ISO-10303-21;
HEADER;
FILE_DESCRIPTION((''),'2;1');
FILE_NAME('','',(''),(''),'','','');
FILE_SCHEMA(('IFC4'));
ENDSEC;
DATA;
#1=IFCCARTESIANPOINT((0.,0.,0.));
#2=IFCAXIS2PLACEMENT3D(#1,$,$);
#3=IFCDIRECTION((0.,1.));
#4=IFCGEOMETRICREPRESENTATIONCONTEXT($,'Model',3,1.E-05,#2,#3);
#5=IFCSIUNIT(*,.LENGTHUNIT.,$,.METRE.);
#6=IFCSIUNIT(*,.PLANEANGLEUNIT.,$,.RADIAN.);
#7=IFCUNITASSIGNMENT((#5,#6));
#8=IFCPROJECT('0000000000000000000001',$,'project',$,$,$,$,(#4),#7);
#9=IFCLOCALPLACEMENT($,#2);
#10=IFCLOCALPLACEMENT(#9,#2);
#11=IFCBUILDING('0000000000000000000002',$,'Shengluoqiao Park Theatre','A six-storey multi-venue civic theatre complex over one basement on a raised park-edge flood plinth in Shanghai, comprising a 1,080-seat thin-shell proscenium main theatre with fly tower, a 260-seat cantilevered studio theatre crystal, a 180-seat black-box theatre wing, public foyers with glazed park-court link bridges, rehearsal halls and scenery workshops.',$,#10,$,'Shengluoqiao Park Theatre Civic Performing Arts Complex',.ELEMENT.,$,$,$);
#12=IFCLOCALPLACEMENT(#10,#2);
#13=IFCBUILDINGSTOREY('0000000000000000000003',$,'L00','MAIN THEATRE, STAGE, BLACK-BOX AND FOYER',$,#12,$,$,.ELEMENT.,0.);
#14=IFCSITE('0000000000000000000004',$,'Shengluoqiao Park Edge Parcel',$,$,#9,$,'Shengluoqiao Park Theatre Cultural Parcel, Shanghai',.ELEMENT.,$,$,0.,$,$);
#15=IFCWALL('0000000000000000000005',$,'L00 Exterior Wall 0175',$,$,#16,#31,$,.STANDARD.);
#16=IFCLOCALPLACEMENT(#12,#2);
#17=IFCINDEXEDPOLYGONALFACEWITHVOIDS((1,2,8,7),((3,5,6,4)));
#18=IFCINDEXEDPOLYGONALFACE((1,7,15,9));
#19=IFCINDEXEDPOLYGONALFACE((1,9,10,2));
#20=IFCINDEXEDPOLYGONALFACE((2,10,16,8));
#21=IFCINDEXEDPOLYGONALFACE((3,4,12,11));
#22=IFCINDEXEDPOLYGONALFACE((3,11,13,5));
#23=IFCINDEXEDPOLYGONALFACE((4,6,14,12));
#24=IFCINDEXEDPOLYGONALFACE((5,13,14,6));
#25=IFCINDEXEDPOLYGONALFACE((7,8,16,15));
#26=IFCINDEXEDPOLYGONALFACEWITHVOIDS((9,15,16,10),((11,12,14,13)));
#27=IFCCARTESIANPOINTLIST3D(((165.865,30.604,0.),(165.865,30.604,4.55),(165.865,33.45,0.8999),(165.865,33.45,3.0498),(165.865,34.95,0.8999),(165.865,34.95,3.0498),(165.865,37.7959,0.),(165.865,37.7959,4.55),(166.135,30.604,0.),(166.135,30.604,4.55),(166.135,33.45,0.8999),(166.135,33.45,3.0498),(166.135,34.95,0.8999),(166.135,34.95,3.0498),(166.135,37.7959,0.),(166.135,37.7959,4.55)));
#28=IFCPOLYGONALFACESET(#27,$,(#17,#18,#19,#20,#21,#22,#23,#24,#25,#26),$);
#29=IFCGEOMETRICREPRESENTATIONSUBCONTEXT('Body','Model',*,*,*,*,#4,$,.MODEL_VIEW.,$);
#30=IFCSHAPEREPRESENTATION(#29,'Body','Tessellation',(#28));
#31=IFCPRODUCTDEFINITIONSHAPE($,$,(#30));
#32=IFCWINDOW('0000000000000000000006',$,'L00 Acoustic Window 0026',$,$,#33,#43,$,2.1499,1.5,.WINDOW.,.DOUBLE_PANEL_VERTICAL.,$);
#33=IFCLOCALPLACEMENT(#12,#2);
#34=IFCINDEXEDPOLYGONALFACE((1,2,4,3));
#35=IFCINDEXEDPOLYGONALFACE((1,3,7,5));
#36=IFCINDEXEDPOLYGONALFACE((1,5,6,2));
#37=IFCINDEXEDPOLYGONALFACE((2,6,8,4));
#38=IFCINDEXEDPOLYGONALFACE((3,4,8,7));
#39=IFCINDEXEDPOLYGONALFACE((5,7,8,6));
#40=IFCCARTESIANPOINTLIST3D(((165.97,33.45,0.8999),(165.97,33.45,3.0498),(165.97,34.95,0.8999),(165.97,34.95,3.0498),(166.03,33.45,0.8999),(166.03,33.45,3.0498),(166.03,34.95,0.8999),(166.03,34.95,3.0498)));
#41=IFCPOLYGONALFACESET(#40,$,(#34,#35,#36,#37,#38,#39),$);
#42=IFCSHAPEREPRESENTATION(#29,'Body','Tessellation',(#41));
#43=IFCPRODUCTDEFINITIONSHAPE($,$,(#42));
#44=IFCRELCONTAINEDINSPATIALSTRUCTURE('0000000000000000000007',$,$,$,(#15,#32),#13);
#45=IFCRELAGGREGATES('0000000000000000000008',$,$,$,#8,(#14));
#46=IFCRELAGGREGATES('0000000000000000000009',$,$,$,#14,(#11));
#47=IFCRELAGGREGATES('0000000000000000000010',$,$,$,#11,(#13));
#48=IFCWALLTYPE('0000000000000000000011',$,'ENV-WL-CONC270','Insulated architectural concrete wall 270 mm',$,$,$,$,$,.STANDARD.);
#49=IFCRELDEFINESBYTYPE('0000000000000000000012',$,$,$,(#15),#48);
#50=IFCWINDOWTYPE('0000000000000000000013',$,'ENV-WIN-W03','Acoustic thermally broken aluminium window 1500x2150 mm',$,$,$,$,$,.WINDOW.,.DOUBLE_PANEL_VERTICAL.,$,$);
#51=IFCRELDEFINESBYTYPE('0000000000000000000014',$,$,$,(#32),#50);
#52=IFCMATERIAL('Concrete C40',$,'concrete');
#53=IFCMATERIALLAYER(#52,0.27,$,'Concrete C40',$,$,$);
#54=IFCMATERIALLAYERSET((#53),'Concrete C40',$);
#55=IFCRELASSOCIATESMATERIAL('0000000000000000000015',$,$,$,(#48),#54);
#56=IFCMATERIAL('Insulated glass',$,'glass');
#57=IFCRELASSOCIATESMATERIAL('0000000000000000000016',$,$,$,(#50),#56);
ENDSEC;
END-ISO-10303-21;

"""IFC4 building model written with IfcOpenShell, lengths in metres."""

from ifc_helpers import new_model, si_unit, direction, frame, frame_2d, origin, place, context, subcontext, project, spatial, rectangle, extrude, material, layer, layer_set, type_object, element, fill, save


model = new_model("IFC4")

# Units and contexts
model_context = context("Model", 3, precision=1e-05, world=origin(), true_north=direction((0.0, 1.0)))
body_context = subcontext(model_context, "Body", "Model", "MODEL_VIEW")
ifc_project = project(units=[si_unit("LENGTHUNIT", "METRE"), si_unit("PLANEANGLEUNIT", "RADIAN")], contexts=[model_context])

# Site, building, storey
site_placement = place(None, origin())
site = spatial("IfcSite", under=ifc_project, at=site_placement, Name="Shengluoqiao Park Edge Parcel", LongName="Shengluoqiao Park Theatre Cultural Parcel, Shanghai", CompositionType="ELEMENT", RefElevation=0.0)
building_placement = place(site_placement, origin())
building = spatial("IfcBuilding", under=site, at=building_placement, Name="Shengluoqiao Park Theatre", Description="A six-storey multi-venue civic theatre complex over one basement on a raised park-edge flood plinth in Shanghai, comprising a 1,080-seat thin-shell proscenium main theatre with fly tower, a 260-seat cantilevered studio theatre crystal, a 180-seat black-box theatre wing, public foyers with glazed park-court link bridges, rehearsal halls and scenery workshops.", LongName="Shengluoqiao Park Theatre Civic Performing Arts Complex", CompositionType="ELEMENT")
storey_placement = place(building_placement, origin())
storey = spatial("IfcBuildingStorey", under=building, at=storey_placement, Name="L00", Description="MAIN THEATRE, STAGE, BLACK-BOX AND FOYER", CompositionType="ELEMENT", Elevation=0.0)

# Shared definitions
ifc_material_1 = material(Name="Concrete C40", Category="concrete")

# Shared definitions
ifc_material_2 = material(Name="Insulated glass", Category="glass")

# Wall, opening, window
ifc_layer_1 = layer(ifc_material_1, 0.27, Name="Concrete C40")
ifc_layer_set_1 = layer_set([ifc_layer_1], Name="Concrete C40")
wall_type = type_object("IfcWallType", Name="ENV-WL-CONC270", Description="Insulated architectural concrete wall 270 mm", PredefinedType="STANDARD", material=ifc_layer_set_1)
wall_placement = place(storey_placement, frame((166.0, 30.604, 0.0), z_axis=(0.0, 0.0, 1.0), x_axis=(0.0, 1.0, 0.0)))
wall = element("IfcWall", 1, at=wall_placement, inside=storey, type_object=wall_type, Name="L00 Exterior Wall 0175", PredefinedType="STANDARD", context=body_context, shape_type="SweptSolid", body=[
    extrude(rectangle(XDim=7.1919, YDim=0.27, at=frame_2d((3.5959, 0.0))), origin(), (0.0, 0.0, 1.0), 4.55),
])
opening_placement = place(wall_placement, frame((2.8459, 0.0, 0.8999)))
opening = element("IfcOpeningElement", 2, at=opening_placement, cuts=wall, PredefinedType="OPENING", context=body_context, shape_type="SweptSolid", body=[
    extrude(rectangle(XDim=1.5, YDim=2.1499, at=frame_2d((0.75, 1.075))), frame((0.0, 0.145, 0.0), z_axis=(0.0, -1.0, 0.0), x_axis=(1.0, 0.0, 0.0)), (0.0, 0.0, 1.0), 0.29),
])
window_type = type_object("IfcWindowType", Name="ENV-WIN-W03", Description="Acoustic thermally broken aluminium window 1500x2150 mm", PartitioningType="DOUBLE_PANEL_VERTICAL", PredefinedType="WINDOW", material=ifc_material_2)
window_placement = place(opening_placement, origin())
window = element("IfcWindow", 3, at=window_placement, inside=storey, type_object=window_type, Name="L00 Acoustic Window 0026", OverallHeight=2.1499, OverallWidth=1.5, PartitioningType="DOUBLE_PANEL_VERTICAL", PredefinedType="WINDOW", context=body_context, shape_type="SweptSolid", body=[
    extrude(rectangle(XDim=1.5, YDim=2.1499, at=frame_2d((0.75, 1.075))), frame((0.0, 0.03, 0.0), z_axis=(0.0, -1.0, 0.0), x_axis=(1.0, 0.0, 0.0)), (0.0, 0.0, 1.0), 0.0601),
])
fill(opening, window)

save(model, "model.ifc")
